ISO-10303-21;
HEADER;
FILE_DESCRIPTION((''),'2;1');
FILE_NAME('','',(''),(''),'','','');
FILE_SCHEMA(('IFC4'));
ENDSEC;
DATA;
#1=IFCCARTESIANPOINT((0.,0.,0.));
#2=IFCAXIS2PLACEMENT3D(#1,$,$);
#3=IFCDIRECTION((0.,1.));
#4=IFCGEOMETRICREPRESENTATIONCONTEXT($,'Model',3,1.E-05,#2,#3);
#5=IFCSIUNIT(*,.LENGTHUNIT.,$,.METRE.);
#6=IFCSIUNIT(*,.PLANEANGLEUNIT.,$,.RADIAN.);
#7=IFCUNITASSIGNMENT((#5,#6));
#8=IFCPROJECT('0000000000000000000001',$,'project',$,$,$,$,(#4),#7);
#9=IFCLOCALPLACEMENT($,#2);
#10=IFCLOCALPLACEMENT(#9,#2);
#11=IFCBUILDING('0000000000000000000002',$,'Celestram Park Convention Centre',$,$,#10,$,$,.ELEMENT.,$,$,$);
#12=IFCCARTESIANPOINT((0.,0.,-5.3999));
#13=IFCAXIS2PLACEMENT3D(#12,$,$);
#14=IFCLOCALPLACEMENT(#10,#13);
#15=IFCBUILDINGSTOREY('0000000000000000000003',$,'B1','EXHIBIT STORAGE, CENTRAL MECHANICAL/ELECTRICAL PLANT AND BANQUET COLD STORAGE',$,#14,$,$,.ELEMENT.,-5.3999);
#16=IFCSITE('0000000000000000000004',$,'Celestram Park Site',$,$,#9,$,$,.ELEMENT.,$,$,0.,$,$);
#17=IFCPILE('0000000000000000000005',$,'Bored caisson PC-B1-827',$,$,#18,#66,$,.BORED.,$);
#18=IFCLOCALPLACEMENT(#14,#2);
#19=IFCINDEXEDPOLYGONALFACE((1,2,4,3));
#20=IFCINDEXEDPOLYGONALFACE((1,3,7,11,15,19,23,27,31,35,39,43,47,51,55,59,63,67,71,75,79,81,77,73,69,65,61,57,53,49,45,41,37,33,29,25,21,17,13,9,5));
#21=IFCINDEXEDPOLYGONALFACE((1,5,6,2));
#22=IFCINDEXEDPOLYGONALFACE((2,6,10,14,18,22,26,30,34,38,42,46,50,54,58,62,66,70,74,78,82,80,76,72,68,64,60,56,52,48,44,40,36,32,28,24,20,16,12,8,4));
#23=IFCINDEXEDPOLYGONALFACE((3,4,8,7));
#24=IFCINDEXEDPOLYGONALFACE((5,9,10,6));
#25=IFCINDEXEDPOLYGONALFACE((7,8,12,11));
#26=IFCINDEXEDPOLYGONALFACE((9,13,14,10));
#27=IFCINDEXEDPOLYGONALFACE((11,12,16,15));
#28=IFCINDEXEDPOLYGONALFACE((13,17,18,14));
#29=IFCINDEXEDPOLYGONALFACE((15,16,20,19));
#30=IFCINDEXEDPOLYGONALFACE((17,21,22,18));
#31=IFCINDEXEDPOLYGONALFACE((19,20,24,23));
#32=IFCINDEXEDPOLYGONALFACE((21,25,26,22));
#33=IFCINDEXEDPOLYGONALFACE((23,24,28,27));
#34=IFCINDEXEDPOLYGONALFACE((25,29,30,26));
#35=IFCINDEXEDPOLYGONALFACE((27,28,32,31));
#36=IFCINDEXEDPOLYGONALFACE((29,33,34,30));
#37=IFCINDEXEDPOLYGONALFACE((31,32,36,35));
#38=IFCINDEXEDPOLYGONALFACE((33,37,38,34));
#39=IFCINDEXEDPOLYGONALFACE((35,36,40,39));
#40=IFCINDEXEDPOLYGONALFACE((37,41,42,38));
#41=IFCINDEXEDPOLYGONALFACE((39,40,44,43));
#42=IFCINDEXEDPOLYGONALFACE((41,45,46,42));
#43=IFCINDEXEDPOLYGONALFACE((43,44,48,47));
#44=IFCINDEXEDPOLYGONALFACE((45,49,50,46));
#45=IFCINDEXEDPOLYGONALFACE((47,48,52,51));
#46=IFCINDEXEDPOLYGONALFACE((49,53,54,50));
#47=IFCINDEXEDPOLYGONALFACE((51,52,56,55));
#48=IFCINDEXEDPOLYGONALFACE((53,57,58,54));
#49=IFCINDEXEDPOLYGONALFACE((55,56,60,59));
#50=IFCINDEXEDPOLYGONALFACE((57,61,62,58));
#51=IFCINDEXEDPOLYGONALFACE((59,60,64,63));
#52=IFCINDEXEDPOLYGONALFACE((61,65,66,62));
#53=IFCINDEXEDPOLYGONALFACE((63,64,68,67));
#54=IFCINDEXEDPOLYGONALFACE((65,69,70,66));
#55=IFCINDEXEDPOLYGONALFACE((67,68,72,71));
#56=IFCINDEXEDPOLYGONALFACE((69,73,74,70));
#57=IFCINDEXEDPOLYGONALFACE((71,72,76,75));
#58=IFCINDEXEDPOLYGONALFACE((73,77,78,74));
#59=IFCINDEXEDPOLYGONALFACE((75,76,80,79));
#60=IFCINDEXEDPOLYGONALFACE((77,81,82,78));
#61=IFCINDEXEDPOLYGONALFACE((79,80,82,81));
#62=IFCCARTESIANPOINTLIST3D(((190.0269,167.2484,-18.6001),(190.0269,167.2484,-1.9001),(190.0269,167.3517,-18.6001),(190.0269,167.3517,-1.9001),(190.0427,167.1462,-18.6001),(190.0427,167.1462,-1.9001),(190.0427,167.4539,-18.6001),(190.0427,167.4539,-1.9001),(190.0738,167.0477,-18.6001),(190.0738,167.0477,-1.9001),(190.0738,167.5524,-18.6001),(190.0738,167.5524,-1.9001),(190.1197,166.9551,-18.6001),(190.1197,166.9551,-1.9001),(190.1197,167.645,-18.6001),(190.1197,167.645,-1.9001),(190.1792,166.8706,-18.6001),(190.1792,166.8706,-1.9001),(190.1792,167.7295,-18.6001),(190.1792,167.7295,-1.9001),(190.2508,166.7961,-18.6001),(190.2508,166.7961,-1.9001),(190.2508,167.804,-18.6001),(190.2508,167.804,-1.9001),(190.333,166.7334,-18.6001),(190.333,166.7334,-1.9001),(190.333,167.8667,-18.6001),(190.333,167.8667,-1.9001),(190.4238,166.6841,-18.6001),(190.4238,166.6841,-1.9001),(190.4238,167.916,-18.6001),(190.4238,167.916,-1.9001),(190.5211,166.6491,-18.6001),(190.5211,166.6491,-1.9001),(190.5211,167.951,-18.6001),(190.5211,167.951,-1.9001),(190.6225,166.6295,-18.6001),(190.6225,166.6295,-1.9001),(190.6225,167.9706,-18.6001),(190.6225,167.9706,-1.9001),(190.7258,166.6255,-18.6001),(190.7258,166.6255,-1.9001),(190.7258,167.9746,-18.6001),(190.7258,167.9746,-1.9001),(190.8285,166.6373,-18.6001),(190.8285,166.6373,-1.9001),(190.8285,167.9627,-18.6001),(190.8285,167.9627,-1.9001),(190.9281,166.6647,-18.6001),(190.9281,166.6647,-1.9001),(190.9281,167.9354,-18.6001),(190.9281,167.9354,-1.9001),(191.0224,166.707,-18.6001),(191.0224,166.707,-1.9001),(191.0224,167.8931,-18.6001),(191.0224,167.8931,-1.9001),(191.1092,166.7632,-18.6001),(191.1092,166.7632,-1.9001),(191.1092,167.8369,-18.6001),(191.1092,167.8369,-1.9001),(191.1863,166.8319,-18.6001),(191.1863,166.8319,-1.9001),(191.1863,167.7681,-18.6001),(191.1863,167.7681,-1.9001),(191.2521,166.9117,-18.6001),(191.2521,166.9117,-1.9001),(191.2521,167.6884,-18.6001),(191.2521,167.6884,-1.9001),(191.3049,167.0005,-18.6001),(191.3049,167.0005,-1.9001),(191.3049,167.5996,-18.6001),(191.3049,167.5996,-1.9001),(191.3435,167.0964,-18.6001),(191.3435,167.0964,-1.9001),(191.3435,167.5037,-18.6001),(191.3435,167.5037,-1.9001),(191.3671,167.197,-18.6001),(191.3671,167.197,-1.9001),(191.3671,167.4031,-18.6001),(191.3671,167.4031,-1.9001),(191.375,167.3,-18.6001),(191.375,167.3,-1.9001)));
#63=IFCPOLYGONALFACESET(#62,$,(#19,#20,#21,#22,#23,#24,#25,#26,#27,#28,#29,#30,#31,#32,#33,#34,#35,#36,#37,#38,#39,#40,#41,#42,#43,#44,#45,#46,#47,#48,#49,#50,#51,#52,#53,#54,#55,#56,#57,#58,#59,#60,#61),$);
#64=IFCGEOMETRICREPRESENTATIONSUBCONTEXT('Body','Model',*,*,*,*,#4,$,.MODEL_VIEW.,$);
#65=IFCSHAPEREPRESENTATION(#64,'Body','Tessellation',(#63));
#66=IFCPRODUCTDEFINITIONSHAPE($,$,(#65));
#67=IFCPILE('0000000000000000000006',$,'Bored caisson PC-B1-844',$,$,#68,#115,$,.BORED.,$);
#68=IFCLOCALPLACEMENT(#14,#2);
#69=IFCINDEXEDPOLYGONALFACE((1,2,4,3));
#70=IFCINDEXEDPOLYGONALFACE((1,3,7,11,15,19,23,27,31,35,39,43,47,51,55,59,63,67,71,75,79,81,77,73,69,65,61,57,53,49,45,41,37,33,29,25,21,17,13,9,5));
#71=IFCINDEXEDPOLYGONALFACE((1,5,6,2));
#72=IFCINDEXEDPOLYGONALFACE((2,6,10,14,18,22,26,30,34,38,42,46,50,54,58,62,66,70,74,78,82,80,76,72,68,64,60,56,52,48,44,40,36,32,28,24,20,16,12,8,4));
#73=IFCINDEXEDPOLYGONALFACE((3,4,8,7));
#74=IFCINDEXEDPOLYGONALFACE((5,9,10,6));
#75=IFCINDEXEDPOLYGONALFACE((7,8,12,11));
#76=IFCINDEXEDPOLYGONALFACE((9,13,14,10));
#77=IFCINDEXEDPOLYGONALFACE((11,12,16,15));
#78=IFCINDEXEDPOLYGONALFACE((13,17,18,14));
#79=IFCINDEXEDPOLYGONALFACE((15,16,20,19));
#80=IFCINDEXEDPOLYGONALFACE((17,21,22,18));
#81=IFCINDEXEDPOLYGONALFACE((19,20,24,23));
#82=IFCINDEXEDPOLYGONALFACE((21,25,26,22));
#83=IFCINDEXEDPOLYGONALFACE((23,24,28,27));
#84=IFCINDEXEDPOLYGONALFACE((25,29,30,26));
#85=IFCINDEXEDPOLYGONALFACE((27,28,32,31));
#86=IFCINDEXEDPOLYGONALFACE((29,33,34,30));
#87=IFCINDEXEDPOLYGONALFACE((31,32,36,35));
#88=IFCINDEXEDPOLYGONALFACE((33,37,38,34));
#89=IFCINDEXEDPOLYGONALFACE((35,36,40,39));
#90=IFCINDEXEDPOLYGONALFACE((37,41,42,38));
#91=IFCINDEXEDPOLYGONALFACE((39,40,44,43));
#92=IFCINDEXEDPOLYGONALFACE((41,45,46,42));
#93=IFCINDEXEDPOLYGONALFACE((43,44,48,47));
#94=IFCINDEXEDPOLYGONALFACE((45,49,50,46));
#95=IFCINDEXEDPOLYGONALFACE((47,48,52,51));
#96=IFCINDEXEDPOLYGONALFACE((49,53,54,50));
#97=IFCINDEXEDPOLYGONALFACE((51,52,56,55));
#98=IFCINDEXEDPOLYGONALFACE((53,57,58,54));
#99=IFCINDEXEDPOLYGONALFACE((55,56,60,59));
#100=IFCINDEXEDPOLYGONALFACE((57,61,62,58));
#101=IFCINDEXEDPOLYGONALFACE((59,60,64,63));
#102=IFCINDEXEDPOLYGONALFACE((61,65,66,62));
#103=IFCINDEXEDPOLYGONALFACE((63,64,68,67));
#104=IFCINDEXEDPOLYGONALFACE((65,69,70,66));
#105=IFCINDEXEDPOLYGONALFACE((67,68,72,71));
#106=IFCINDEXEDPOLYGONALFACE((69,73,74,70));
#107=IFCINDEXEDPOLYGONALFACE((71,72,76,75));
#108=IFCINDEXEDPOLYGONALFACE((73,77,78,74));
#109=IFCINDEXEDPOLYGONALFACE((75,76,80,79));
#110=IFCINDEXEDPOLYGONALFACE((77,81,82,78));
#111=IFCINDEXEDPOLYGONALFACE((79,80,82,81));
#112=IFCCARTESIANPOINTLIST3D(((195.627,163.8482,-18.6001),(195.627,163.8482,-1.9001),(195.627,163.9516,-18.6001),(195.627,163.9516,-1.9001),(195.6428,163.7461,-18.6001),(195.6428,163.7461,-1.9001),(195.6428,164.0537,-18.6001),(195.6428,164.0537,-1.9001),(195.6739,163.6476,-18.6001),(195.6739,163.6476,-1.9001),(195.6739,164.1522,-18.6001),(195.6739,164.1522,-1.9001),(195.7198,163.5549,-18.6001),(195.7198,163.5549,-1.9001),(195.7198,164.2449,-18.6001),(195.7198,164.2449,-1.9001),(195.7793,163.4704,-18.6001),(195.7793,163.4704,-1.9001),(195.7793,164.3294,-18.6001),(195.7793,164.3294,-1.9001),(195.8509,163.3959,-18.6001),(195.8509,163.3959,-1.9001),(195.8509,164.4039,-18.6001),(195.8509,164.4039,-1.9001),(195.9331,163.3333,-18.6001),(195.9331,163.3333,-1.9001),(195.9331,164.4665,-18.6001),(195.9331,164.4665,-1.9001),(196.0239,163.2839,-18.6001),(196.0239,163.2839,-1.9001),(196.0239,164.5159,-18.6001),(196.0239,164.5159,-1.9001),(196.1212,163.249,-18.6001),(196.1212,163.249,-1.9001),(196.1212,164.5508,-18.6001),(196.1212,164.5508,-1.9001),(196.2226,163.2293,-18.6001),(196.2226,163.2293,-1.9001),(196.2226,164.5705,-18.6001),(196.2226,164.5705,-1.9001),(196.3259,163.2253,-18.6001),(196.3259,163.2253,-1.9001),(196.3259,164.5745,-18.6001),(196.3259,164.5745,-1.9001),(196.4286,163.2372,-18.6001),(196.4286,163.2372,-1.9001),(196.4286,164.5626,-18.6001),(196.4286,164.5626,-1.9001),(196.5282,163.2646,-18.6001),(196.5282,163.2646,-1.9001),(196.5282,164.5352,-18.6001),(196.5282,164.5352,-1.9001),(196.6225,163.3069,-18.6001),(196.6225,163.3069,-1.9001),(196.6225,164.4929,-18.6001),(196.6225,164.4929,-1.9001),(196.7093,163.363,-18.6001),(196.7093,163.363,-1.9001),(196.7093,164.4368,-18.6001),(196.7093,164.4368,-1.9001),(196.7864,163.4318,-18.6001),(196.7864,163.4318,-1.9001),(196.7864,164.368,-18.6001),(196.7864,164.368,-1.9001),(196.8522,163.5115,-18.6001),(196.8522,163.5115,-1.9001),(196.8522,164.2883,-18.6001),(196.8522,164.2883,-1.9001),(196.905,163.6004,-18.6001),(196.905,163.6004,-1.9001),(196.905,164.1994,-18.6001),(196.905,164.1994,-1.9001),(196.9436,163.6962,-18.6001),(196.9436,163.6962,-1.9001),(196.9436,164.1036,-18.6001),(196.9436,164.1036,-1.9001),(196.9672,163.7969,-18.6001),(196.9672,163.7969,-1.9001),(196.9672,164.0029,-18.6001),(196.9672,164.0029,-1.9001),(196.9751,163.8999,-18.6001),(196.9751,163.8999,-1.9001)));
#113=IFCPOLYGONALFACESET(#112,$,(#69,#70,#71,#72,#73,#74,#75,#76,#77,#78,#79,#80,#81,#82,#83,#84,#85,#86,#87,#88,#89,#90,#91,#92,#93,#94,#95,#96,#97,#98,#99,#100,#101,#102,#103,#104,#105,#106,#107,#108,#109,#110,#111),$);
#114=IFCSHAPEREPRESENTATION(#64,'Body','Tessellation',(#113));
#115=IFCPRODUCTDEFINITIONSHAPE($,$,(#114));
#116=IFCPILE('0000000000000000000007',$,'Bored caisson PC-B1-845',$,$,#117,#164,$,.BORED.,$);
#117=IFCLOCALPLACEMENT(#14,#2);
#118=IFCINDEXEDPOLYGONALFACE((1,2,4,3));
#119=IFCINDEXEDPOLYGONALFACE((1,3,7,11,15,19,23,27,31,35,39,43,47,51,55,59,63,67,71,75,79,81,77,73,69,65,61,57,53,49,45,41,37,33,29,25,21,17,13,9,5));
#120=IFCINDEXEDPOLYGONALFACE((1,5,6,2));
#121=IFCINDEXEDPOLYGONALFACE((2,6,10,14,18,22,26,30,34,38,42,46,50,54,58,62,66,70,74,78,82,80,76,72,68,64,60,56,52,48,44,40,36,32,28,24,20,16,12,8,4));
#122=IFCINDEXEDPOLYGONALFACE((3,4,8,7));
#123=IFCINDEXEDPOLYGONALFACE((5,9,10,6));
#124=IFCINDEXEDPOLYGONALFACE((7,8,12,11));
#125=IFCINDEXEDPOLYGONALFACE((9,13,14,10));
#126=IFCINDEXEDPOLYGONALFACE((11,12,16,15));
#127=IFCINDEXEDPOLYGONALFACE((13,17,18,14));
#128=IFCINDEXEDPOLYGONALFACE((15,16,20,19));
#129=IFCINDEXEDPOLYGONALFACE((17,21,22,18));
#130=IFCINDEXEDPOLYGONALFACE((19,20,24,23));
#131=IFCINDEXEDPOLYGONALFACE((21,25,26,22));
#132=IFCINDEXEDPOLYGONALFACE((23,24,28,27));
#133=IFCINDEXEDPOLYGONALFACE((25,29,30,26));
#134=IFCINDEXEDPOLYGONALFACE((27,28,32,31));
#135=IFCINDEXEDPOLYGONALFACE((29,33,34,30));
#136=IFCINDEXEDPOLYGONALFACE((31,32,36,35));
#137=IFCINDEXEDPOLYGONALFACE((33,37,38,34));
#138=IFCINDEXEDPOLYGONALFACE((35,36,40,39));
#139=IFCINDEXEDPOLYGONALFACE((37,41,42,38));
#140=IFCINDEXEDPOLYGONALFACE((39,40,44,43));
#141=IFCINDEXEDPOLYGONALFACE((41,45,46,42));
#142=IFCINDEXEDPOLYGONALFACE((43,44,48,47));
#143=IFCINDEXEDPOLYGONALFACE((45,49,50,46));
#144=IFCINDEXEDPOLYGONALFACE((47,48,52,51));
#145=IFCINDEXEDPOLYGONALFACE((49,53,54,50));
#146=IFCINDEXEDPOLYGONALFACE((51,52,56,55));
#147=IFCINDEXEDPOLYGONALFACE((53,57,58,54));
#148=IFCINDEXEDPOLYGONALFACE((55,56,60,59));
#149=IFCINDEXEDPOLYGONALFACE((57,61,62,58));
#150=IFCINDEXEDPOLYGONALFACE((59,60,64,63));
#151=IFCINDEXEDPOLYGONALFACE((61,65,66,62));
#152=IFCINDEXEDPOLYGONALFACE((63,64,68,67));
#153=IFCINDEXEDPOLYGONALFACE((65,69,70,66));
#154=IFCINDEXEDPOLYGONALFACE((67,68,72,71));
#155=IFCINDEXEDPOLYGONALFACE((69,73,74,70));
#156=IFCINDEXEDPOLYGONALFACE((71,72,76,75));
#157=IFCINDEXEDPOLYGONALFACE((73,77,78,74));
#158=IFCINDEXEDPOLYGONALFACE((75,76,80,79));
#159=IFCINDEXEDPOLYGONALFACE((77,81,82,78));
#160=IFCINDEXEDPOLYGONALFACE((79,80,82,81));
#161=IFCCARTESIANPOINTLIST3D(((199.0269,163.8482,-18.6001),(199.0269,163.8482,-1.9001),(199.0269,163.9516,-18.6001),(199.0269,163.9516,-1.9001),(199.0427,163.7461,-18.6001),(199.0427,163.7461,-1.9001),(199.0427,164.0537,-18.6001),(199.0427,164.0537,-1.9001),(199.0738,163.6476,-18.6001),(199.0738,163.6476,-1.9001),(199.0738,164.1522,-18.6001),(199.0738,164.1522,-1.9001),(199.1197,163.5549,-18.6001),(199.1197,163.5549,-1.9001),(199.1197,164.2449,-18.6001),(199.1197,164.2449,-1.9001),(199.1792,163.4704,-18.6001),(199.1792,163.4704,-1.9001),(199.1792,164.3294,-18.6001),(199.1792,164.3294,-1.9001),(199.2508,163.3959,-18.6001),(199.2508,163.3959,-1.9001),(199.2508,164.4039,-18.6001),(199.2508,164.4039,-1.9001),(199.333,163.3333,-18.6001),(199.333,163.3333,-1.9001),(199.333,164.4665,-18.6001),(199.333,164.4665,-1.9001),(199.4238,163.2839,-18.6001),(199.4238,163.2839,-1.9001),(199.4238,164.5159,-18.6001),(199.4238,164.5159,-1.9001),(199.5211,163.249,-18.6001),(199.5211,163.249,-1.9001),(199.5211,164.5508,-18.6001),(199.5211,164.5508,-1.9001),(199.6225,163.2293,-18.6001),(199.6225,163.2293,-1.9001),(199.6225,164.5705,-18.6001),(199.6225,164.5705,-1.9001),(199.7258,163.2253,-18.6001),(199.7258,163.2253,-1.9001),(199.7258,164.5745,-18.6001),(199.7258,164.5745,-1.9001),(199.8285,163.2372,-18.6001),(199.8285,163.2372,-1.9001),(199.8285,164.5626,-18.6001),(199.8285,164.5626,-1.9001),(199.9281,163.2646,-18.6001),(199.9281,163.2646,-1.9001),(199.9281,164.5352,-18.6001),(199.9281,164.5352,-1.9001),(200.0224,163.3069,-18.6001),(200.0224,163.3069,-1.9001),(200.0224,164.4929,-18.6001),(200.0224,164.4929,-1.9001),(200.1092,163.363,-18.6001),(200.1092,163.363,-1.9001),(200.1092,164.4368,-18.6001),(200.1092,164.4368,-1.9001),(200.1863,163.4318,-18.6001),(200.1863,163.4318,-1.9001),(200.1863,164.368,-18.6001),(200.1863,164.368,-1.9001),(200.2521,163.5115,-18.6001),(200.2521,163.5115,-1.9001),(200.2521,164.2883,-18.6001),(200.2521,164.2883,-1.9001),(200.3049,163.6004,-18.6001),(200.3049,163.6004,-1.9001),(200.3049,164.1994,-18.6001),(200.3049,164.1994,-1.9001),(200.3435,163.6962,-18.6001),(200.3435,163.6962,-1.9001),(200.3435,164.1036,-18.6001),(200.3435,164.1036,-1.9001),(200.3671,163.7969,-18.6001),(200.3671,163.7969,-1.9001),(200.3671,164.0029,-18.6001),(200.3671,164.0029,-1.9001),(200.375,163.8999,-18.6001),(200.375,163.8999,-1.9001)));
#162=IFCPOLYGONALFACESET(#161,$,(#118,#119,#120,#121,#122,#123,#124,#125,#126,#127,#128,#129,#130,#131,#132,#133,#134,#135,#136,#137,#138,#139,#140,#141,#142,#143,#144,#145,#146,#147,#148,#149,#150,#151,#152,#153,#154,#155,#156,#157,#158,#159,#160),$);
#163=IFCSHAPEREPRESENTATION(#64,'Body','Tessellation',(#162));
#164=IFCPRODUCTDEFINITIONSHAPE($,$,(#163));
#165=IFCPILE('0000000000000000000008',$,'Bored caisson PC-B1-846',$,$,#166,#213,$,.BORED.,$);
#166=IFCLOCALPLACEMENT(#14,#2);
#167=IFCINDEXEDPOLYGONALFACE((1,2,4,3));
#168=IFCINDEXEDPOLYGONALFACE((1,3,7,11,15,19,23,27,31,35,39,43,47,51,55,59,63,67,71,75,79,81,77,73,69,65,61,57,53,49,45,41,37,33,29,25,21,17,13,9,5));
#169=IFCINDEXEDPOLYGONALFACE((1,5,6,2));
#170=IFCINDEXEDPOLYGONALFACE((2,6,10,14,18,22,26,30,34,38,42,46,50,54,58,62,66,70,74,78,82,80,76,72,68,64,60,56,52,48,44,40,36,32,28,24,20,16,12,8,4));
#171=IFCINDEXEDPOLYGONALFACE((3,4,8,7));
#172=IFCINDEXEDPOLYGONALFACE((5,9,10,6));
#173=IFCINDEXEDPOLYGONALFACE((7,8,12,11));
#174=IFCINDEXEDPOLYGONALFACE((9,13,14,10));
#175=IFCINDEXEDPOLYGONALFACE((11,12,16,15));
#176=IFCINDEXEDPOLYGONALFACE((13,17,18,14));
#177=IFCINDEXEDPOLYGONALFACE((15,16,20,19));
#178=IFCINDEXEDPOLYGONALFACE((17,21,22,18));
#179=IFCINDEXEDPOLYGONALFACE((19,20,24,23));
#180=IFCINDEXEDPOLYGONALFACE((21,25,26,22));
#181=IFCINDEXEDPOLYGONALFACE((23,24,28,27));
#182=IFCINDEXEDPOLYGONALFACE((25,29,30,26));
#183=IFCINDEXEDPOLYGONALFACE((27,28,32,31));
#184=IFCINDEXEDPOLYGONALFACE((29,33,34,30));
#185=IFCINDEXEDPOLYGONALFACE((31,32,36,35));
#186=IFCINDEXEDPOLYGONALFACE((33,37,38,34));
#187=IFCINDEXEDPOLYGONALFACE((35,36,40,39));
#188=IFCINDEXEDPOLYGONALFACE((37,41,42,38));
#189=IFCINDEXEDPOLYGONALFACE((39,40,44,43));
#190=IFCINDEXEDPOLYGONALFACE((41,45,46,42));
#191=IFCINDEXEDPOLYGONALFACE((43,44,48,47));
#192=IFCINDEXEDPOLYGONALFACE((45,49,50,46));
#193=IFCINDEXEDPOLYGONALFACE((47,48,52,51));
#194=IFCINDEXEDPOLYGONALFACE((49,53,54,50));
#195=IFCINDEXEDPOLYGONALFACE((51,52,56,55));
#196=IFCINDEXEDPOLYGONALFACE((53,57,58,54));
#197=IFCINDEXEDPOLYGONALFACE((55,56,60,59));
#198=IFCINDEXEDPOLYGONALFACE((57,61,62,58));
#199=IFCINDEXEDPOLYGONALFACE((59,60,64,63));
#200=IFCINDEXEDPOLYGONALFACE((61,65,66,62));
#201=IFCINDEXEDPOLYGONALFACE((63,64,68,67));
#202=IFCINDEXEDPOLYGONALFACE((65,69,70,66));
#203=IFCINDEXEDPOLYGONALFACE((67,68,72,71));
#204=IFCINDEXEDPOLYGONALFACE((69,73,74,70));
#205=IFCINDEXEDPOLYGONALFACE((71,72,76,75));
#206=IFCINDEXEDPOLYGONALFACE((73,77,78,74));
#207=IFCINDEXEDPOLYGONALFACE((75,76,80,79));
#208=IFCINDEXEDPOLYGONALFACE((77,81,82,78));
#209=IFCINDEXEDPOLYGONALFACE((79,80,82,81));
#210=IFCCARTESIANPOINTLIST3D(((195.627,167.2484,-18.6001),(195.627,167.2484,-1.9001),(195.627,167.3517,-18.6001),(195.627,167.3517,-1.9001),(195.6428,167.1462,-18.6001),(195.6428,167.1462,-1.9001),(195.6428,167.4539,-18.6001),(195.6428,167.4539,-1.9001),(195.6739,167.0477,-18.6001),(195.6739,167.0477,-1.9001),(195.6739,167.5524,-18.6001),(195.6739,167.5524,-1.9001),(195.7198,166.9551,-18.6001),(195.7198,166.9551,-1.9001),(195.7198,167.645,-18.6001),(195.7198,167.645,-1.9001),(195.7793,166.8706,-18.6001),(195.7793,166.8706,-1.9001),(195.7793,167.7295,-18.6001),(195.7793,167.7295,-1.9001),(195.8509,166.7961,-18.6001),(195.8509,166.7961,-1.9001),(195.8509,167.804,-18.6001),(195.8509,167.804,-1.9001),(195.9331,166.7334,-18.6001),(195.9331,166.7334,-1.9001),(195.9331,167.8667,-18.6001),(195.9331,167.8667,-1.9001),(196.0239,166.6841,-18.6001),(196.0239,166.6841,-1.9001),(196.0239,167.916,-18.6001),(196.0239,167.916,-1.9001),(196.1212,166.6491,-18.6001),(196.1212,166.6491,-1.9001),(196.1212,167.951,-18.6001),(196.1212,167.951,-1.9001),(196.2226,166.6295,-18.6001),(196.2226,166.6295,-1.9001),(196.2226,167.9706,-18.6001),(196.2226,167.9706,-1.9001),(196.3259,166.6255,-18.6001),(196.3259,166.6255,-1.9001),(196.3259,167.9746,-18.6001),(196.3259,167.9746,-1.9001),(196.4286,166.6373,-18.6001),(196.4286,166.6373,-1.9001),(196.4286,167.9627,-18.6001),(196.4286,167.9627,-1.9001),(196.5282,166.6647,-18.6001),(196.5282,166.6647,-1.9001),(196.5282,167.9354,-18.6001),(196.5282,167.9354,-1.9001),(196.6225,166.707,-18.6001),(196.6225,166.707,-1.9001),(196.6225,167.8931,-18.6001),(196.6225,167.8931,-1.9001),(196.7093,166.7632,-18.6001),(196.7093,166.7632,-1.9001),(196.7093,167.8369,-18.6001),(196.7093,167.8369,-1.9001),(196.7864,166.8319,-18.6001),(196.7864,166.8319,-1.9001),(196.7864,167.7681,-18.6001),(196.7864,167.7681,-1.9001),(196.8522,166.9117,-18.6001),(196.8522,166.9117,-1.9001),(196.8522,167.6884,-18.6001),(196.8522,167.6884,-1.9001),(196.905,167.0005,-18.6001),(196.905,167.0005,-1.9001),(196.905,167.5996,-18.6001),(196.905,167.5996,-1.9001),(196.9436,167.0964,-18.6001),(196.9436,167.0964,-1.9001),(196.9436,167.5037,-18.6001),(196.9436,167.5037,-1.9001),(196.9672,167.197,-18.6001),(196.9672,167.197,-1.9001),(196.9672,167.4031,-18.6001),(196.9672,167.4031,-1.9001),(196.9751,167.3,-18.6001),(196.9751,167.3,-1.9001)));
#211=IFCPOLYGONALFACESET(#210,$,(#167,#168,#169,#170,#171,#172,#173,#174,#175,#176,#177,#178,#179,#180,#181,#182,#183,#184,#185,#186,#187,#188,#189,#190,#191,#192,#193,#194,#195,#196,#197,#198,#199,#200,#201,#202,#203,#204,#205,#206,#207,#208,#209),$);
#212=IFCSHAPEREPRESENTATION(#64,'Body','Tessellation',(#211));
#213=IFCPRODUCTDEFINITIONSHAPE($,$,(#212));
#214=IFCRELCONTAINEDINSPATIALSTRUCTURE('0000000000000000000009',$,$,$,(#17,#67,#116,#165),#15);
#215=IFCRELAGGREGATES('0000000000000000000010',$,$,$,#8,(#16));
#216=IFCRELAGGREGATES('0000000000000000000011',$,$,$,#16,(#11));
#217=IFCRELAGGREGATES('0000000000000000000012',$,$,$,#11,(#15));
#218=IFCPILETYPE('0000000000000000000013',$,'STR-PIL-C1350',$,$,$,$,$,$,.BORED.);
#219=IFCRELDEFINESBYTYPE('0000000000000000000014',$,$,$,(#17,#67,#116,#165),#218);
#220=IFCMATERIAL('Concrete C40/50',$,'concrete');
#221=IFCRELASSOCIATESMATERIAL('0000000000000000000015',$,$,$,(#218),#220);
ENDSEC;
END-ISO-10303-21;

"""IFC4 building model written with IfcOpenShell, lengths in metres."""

from ifc_helpers import new_model, si_unit, direction, frame, origin, origin_2d, place, context, subcontext, project, spatial, circle, extrude, material, material_profile, profile_set, type_object, element, save


model = new_model("IFC4")

# Units and contexts
model_context = context("Model", 3, precision=1e-05, world=origin(), true_north=direction((0.0, 1.0)))
body_context = subcontext(model_context, "Body", "Model", "MODEL_VIEW")
ifc_project = project(units=[si_unit("LENGTHUNIT", "METRE"), si_unit("PLANEANGLEUNIT", "RADIAN")], contexts=[model_context])

# Site, building, storey
site_placement = place(None, origin())
site = spatial("IfcSite", under=ifc_project, at=site_placement, Name="Celestram Park Site", CompositionType="ELEMENT", RefElevation=0.0)
building_placement = place(site_placement, origin())
building = spatial("IfcBuilding", under=site, at=building_placement, Name="Celestram Park Convention Centre", CompositionType="ELEMENT")
storey_placement = place(building_placement, frame((0.0, 0.0, -5.3999)))
storey = spatial("IfcBuildingStorey", under=building, at=storey_placement, Name="B1", Description="EXHIBIT STORAGE, CENTRAL MECHANICAL/ELECTRICAL PLANT AND BANQUET COLD STORAGE", CompositionType="ELEMENT", Elevation=-5.3999)

# Shared definitions
ifc_material_1 = material(Name="Concrete C40/50", Category="concrete")

# Piles
ifc_material_profile_1 = material_profile(ifc_material_1, circle(Radius=0.675, at=origin_2d()), Name="CAISSON1350")
ifc_profile_set_1 = profile_set([ifc_material_profile_1], Name="Concrete C40/50")
pile_type_1 = type_object("IfcPileType", Name="STR-PIL-C1350", PredefinedType="BORED", material=ifc_profile_set_1)
for number, where, z_axis, x_axis, name in (
    (1, (190.7, 167.3, -1.9001), (0.0, 0.0, -1.0), (1.0, 0.0, 0.0), "Bored caisson PC-B1-827"),
    (2, (196.3, 163.8999, -1.9001), (0.0, 0.0, -1.0), (1.0, 0.0, 0.0), "Bored caisson PC-B1-844"),
    (3, (199.7, 163.8999, -1.9001), (0.0, 0.0, -1.0), (1.0, 0.0, 0.0), "Bored caisson PC-B1-845"),
    (4, (196.3, 167.3, -1.9001), (0.0, 0.0, -1.0), (1.0, 0.0, 0.0), "Bored caisson PC-B1-846"),
):
    element("IfcPile", number, at=place(storey_placement, frame(where, z_axis=z_axis, x_axis=x_axis)), inside=storey, type_object=pile_type_1, Name=name, PredefinedType="BORED", context=body_context, shape_type="SweptSolid", body=[
        extrude(circle(Radius=0.675, at=origin_2d()), origin(), (0.0, 0.0, 1.0), 16.7),
    ])

save(model, "model.ifc")
